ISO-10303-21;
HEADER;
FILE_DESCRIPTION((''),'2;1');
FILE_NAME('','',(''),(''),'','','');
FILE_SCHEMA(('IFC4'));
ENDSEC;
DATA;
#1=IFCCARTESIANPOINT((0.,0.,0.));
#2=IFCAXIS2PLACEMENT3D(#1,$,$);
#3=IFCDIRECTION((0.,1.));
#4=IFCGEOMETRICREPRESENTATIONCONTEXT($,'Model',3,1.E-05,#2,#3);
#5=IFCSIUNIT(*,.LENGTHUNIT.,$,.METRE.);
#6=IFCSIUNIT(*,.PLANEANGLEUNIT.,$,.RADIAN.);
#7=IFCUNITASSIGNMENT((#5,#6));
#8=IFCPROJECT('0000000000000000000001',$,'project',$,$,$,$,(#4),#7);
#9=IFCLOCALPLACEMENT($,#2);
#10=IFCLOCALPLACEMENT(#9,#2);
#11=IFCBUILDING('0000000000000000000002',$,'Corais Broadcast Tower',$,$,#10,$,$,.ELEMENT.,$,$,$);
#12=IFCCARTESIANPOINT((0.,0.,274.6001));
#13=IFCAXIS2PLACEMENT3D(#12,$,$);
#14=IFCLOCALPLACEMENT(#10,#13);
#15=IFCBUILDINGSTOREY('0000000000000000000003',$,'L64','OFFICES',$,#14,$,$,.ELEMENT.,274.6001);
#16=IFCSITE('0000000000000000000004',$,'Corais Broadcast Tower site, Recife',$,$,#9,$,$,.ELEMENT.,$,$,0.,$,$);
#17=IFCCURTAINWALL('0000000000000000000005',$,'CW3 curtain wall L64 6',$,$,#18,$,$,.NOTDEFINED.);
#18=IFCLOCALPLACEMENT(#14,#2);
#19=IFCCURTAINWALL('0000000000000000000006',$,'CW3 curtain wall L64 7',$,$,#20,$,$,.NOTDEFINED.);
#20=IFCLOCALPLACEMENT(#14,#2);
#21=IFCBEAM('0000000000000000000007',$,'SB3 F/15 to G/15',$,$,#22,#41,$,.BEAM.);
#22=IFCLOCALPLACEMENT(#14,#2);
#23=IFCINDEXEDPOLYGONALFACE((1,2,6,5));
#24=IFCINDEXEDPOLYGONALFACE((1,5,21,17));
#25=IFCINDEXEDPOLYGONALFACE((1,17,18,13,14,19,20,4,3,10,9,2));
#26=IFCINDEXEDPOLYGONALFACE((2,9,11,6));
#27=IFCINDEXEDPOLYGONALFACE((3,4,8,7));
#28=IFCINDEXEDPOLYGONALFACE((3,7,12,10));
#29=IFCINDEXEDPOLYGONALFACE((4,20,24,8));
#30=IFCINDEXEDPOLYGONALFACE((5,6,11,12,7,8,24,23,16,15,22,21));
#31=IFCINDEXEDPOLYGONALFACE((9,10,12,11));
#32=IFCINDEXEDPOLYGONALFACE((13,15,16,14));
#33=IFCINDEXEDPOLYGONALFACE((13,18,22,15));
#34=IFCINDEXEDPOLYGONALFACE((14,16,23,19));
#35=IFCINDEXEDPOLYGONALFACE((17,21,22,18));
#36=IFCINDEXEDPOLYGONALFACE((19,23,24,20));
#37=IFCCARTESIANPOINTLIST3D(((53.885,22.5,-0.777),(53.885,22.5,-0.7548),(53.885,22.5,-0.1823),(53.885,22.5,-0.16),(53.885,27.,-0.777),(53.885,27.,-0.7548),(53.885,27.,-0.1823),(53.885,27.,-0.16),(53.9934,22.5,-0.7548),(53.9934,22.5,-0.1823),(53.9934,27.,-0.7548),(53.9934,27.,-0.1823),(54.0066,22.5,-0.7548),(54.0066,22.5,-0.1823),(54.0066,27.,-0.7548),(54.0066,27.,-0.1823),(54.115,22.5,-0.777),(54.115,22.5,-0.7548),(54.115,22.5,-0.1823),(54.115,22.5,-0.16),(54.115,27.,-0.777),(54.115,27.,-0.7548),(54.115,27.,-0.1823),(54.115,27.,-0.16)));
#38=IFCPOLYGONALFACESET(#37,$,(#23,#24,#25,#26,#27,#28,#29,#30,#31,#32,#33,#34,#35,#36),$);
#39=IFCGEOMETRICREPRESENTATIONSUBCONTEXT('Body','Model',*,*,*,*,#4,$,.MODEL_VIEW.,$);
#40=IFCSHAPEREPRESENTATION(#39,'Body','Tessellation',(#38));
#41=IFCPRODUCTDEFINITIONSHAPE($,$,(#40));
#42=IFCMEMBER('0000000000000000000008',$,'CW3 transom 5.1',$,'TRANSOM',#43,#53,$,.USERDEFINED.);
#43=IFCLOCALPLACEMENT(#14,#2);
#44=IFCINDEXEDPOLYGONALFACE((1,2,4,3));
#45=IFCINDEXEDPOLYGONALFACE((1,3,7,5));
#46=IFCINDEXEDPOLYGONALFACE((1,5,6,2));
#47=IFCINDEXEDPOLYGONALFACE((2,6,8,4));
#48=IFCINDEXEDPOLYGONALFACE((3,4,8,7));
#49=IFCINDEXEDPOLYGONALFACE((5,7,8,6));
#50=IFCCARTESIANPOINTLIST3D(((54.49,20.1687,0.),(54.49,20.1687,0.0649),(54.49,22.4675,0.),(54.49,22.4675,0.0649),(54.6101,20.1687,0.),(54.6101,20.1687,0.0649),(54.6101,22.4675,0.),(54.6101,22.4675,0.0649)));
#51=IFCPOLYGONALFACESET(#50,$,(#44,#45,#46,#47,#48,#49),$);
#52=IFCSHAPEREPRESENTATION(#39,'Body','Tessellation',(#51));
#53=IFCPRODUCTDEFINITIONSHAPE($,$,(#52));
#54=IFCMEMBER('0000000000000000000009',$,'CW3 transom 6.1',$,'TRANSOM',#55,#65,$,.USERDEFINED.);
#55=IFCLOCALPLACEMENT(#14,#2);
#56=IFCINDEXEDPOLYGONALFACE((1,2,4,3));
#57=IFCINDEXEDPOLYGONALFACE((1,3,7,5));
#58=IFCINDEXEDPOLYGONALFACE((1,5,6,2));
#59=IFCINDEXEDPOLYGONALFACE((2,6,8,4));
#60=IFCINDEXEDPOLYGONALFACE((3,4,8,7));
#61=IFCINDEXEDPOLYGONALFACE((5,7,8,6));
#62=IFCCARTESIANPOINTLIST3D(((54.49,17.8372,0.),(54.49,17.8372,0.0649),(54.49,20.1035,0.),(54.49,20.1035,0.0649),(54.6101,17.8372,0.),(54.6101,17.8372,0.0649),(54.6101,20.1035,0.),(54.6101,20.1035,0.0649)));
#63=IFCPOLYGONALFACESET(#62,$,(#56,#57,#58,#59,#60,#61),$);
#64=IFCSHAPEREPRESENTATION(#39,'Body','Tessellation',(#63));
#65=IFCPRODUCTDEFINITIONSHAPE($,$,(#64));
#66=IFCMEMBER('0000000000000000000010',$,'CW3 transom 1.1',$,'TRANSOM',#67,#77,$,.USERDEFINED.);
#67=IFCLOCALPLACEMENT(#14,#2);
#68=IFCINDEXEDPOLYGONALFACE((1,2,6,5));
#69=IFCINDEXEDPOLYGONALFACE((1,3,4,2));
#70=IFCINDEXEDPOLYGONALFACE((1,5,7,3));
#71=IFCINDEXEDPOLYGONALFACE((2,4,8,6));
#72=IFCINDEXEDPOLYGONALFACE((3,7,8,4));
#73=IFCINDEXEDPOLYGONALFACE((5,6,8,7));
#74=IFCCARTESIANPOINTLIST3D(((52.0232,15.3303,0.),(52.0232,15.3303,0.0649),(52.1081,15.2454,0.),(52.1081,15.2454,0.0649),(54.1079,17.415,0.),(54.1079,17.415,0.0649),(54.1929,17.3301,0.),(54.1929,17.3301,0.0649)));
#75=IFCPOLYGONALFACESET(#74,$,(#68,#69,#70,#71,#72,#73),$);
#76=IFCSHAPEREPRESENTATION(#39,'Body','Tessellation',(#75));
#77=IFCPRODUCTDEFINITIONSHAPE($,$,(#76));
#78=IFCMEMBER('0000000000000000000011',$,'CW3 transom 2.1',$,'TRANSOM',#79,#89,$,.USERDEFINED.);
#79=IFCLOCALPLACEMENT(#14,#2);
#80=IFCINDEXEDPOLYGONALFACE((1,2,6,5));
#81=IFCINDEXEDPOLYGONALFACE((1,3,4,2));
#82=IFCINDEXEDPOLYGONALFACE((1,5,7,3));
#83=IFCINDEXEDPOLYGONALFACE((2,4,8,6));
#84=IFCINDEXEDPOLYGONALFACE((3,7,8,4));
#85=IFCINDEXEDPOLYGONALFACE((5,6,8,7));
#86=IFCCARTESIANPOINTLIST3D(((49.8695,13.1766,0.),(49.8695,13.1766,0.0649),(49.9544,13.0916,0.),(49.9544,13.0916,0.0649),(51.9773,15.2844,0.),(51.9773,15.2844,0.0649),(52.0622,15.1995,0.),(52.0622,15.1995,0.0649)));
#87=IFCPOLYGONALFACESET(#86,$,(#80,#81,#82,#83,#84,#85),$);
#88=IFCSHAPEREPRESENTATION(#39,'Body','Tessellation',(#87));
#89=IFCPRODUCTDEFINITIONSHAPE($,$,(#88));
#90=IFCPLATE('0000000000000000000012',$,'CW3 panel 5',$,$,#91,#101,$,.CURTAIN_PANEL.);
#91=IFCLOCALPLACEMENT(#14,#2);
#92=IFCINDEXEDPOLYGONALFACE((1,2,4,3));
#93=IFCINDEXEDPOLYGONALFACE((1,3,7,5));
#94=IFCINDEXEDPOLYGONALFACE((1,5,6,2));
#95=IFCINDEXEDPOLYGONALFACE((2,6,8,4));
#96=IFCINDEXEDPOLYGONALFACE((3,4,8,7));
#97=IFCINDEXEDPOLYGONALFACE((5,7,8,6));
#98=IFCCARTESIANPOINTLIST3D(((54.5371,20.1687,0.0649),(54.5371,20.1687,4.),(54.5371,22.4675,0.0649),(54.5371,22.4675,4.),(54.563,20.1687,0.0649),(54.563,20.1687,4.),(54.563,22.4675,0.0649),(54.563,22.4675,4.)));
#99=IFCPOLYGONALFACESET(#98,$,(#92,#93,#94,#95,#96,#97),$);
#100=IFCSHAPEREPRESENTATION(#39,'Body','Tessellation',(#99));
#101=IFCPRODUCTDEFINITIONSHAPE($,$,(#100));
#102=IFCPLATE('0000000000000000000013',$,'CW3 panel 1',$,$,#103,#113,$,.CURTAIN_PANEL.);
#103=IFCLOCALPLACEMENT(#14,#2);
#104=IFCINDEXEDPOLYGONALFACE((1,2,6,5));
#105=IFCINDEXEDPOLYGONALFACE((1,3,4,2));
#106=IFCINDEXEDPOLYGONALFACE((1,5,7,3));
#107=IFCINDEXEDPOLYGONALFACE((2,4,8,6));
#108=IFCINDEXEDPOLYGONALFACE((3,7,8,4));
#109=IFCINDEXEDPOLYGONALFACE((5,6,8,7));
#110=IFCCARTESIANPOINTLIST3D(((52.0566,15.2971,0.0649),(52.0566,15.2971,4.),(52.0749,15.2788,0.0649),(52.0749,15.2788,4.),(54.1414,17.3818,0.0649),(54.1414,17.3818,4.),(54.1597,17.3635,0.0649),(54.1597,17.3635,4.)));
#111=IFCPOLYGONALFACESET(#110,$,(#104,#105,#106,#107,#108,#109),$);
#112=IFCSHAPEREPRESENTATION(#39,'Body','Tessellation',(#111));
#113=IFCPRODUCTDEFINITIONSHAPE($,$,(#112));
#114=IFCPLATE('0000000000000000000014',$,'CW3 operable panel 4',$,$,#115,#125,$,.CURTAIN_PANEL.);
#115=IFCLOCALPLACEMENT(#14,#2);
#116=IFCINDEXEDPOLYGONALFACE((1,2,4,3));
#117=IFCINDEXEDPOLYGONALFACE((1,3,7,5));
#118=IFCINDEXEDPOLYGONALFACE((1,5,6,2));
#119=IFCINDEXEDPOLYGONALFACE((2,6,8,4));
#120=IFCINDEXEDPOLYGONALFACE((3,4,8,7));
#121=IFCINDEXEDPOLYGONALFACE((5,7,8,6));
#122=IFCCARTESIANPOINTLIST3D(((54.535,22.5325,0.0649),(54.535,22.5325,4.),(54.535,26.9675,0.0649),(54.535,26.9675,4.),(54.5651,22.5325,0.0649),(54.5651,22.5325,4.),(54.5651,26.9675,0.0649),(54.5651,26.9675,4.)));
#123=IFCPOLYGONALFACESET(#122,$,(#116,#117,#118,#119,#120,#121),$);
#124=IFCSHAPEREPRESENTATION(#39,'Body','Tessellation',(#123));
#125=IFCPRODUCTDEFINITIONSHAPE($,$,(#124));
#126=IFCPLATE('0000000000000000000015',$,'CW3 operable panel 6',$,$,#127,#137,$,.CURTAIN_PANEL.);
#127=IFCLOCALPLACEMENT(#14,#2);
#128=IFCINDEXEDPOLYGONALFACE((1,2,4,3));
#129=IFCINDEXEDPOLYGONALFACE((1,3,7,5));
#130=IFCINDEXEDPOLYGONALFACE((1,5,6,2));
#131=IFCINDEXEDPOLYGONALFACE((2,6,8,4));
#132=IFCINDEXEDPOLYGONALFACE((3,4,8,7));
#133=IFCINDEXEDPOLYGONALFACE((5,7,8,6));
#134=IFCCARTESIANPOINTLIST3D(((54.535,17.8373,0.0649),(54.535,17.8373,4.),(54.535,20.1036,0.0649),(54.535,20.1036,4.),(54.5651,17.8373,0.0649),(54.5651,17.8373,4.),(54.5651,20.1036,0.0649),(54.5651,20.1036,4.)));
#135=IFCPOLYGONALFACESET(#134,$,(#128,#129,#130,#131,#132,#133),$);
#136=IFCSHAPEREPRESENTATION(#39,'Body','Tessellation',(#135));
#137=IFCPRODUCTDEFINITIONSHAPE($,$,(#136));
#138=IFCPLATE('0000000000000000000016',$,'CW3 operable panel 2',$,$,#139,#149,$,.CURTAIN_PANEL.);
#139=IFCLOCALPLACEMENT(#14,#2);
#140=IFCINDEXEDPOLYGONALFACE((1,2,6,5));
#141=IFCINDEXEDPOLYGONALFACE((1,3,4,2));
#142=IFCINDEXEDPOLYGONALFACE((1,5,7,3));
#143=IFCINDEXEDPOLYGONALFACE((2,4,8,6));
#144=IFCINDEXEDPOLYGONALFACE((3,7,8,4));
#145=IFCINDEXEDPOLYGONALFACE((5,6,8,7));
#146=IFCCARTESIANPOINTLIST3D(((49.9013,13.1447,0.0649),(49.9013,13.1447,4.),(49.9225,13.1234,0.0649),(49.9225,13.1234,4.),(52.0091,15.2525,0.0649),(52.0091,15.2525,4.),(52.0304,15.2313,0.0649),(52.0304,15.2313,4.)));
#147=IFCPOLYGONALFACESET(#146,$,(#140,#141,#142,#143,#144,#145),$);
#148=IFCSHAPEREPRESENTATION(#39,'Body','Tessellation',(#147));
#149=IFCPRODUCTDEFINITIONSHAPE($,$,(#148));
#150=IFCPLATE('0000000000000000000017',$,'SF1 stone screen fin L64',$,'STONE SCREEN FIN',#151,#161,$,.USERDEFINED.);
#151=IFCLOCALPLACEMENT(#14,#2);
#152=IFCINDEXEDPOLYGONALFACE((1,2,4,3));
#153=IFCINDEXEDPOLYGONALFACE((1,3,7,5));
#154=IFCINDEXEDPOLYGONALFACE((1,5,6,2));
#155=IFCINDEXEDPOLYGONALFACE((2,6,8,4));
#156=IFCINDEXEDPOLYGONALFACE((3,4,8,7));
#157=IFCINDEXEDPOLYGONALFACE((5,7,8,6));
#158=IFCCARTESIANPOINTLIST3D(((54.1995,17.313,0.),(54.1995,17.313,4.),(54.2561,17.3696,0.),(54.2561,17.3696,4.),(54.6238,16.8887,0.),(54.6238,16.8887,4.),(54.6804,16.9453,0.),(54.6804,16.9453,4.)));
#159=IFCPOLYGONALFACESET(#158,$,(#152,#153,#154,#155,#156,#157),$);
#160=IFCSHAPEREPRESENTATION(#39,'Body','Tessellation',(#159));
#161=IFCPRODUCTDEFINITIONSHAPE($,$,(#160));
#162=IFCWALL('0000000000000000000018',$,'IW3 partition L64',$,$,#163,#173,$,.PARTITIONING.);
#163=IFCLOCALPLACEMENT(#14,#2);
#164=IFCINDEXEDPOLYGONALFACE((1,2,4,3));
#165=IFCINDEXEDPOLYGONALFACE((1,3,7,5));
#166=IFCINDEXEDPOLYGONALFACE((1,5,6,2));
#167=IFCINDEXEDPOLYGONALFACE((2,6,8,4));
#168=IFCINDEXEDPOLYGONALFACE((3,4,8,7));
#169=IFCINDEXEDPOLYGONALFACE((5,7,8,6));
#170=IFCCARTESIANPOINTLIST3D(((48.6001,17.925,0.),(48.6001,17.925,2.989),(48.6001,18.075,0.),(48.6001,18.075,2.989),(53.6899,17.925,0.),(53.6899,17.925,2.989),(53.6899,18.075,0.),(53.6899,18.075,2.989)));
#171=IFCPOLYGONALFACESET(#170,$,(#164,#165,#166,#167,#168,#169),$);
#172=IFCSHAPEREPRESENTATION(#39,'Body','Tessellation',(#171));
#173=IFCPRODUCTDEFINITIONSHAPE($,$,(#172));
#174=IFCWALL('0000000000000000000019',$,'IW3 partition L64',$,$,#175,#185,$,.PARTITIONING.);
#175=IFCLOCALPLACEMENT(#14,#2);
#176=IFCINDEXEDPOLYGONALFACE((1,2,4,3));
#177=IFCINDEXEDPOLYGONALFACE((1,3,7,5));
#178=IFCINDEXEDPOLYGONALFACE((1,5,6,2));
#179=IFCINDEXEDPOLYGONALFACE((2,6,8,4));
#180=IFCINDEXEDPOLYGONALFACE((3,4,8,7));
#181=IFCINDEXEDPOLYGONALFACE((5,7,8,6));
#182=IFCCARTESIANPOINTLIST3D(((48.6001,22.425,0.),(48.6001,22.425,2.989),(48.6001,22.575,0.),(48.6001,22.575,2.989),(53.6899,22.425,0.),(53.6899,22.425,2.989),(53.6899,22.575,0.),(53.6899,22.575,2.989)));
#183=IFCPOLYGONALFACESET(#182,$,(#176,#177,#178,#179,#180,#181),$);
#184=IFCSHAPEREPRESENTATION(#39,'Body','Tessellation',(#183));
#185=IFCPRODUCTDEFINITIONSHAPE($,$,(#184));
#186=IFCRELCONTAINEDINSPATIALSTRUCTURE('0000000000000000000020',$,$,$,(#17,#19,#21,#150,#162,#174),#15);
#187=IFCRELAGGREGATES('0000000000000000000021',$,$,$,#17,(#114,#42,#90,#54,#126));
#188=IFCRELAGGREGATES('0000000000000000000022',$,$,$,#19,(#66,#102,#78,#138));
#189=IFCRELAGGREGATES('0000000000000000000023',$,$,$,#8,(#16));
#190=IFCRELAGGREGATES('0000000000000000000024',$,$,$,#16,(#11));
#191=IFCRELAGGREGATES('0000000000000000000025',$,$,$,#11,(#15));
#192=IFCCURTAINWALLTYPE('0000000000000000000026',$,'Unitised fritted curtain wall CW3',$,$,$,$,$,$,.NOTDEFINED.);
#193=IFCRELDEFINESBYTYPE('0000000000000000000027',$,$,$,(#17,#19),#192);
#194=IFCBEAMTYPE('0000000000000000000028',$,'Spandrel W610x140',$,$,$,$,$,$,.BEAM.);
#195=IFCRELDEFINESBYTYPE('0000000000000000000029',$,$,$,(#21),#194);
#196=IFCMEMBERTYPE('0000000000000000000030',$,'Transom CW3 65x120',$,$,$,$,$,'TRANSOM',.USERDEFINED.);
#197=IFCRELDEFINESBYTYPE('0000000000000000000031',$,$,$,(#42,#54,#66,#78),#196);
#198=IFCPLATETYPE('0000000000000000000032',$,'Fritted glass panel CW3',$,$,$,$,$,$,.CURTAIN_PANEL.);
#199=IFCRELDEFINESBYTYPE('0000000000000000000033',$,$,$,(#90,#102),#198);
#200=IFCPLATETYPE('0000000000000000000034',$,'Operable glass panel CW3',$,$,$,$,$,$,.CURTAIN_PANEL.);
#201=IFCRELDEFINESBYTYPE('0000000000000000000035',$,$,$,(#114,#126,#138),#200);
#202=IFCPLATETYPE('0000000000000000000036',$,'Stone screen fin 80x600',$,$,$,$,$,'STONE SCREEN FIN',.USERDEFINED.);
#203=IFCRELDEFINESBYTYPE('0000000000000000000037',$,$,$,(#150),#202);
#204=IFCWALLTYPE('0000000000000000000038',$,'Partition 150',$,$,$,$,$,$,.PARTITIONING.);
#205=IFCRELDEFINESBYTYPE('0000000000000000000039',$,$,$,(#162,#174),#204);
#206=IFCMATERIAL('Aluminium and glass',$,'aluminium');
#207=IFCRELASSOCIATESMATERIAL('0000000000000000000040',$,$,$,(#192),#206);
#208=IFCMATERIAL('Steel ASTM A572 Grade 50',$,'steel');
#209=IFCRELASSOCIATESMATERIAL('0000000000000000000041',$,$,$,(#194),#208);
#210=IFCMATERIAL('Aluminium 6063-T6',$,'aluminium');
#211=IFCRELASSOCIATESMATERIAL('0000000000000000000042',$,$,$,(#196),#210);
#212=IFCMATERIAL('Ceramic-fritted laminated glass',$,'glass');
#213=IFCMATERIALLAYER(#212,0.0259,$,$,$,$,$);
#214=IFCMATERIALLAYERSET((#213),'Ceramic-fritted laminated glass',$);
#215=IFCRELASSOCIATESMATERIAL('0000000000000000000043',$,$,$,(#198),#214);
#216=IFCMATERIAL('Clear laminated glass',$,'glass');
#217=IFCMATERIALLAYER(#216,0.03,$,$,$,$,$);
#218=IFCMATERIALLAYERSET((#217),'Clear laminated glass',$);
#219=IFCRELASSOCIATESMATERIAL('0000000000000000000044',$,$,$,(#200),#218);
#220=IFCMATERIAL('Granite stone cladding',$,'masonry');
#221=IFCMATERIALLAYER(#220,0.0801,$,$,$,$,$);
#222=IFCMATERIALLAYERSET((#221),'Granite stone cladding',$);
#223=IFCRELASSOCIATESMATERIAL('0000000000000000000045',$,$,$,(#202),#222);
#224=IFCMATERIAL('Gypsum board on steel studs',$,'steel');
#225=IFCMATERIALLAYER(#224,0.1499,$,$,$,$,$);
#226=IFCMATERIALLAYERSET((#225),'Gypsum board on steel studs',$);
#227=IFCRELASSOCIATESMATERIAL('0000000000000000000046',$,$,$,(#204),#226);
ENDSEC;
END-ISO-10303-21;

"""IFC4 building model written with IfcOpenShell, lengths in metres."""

from ifc_helpers import new_model, si_unit, direction, frame, frame_2d, origin, origin_2d, place, context, subcontext, project, spatial, rectangle, i_section, extrude, material, layer, layer_set, material_profile, profile_set, type_object, element, aggregate, save


model = new_model("IFC4")

# Units and contexts
model_context = context("Model", 3, precision=1e-05, world=origin(), true_north=direction((0.0, 1.0)))
body_context = subcontext(model_context, "Body", "Model", "MODEL_VIEW")
ifc_project = project(units=[si_unit("LENGTHUNIT", "METRE"), si_unit("PLANEANGLEUNIT", "RADIAN")], contexts=[model_context])

# Site, building, storey
site_placement = place(None, origin())
site = spatial("IfcSite", under=ifc_project, at=site_placement, Name="Corais Broadcast Tower site, Recife", CompositionType="ELEMENT", RefElevation=0.0)
building_placement = place(site_placement, origin())
building = spatial("IfcBuilding", under=site, at=building_placement, Name="Corais Broadcast Tower", CompositionType="ELEMENT")
storey_placement = place(building_placement, frame((0.0, 0.0, 274.6001)))
storey = spatial("IfcBuildingStorey", under=building, at=storey_placement, Name="L64", Description="OFFICES", CompositionType="ELEMENT", Elevation=274.6001)

# Curtain walls
ifc_material_1 = material(Name="Aluminium and glass", Category="aluminium")
curtain_wall_type = type_object("IfcCurtainWallType", Name="Unitised fritted curtain wall CW3", PredefinedType="NOTDEFINED", material=ifc_material_1)
curtain_wall_1_placement = place(storey_placement, origin())
curtain_wall_1 = element("IfcCurtainWall", 1, at=curtain_wall_1_placement, inside=storey, type_object=curtain_wall_type, Name="CW3 curtain wall L64 6", PredefinedType="NOTDEFINED")
curtain_wall_2_placement = place(storey_placement, origin())
curtain_wall_2 = element("IfcCurtainWall", 2, at=curtain_wall_2_placement, inside=storey, type_object=curtain_wall_type, Name="CW3 curtain wall L64 7", PredefinedType="NOTDEFINED")

# Beam
ifc_material_2 = material(Name="Steel ASTM A572 Grade 50", Category="steel")
ifc_material_profile_1 = material_profile(ifc_material_2, i_section(OverallWidth=0.23, OverallDepth=0.6169, WebThickness=0.0132, FlangeThickness=0.0222, at=origin_2d()), Name="W610x140")
ifc_profile_set_1 = profile_set([ifc_material_profile_1], Name="Steel ASTM A572 Grade 50")
beam_type_1 = type_object("IfcBeamType", Name="Spandrel W610x140", PredefinedType="BEAM", material=ifc_profile_set_1)
for number, where, z_axis, x_axis, name in (
    (3, (54.0, 22.5, -0.4685), (0.0, 1.0, 0.0), (-1.0, 0.0, 0.0), "SB3 F/15 to G/15"),
):
    element("IfcBeam", number, at=place(storey_placement, frame(where, z_axis=z_axis, x_axis=x_axis)), inside=storey, type_object=beam_type_1, Name=name, PredefinedType="BEAM", context=body_context, shape_type="SweptSolid", body=[
        extrude(i_section(OverallWidth=0.23, OverallDepth=0.6169, WebThickness=0.0132, FlangeThickness=0.0222, at=origin_2d()), origin(), (0.0, 0.0, 1.0), 4.5),
    ])

# Members
ifc_material_3 = material(Name="Aluminium 6063-T6", Category="aluminium")
ifc_material_profile_2 = material_profile(ifc_material_3, rectangle(XDim=0.1201, YDim=0.0649, at=origin_2d()), Name="Transom CW3 65x120")
ifc_profile_set_2 = profile_set([ifc_material_profile_2], Name="Aluminium 6063-T6")
member_type_1 = type_object("IfcMemberType", Name="Transom CW3 65x120", ElementType="TRANSOM", PredefinedType="USERDEFINED", material=ifc_profile_set_2)
member_1_placement = place(storey_placement, frame((54.55, 22.4675, 0.0325), z_axis=(0.0, -1.0, 0.0), x_axis=(1.0, 0.0, 0.0)))
member_1 = element("IfcMember", 4, at=member_1_placement, type_object=member_type_1, Name="CW3 transom 5.1", ObjectType="TRANSOM", PredefinedType="USERDEFINED", context=body_context, shape_type="SweptSolid", body=[
    extrude(rectangle(XDim=0.1201, YDim=0.0649, at=origin_2d()), origin(), (0.0, 0.0, 1.0), 2.2988),
])
member_2_placement = place(storey_placement, frame((54.55, 20.1035, 0.0325), z_axis=(0.0, -1.0, 0.0), x_axis=(1.0, 0.0, 0.0)))
member_2 = element("IfcMember", 5, at=member_2_placement, type_object=member_type_1, Name="CW3 transom 6.1", ObjectType="TRANSOM", PredefinedType="USERDEFINED", context=body_context, shape_type="SweptSolid", body=[
    extrude(rectangle(XDim=0.1201, YDim=0.0649, at=origin_2d()), origin(), (0.0, 0.0, 1.0), 2.2664),
])
member_3_placement = place(storey_placement, frame((54.1504, 17.3726, 0.0325), z_axis=(-0.707107, -0.707107, 0.0), x_axis=(0.707107, -0.707107, 0.0)))
member_3 = element("IfcMember", 6, at=member_3_placement, type_object=member_type_1, Name="CW3 transom 1.1", ObjectType="TRANSOM", PredefinedType="USERDEFINED", context=body_context, shape_type="SweptSolid", body=[
    extrude(rectangle(XDim=0.1201, YDim=0.0649, at=origin_2d()), origin(), (0.0, 0.0, 1.0), 2.9482),
])
member_4_placement = place(storey_placement, frame((52.0198, 15.2419, 0.0325), z_axis=(-0.707107, -0.707107, 0.0), x_axis=(0.707107, -0.707107, 0.0)))
member_4 = element("IfcMember", 7, at=member_4_placement, type_object=member_type_1, Name="CW3 transom 2.1", ObjectType="TRANSOM", PredefinedType="USERDEFINED", context=body_context, shape_type="SweptSolid", body=[
    extrude(rectangle(XDim=0.1201, YDim=0.0649, at=origin_2d()), origin(), (0.0, 0.0, 1.0), 2.981),
])

# Plates
ifc_material_4 = material(Name="Ceramic-fritted laminated glass", Category="glass")
ifc_layer_1 = layer(ifc_material_4, 0.0259)
ifc_layer_set_1 = layer_set([ifc_layer_1], Name="Ceramic-fritted laminated glass")
plate_type_1 = type_object("IfcPlateType", Name="Fritted glass panel CW3", PredefinedType="CURTAIN_PANEL", material=ifc_layer_set_1)
plate_1_placement = place(storey_placement, frame((54.55, 21.3181, 0.0649), z_axis=(0.0, 0.0, 1.0), x_axis=(0.0, -1.0, 0.0)))
plate_1 = element("IfcPlate", 8, at=plate_1_placement, type_object=plate_type_1, Name="CW3 panel 5", PredefinedType="CURTAIN_PANEL", context=body_context, shape_type="SweptSolid", body=[
    extrude(rectangle(XDim=2.2988, YDim=0.0259, at=origin_2d()), origin(), (0.0, 0.0, 1.0), 3.9351),
])
plate_2_placement = place(storey_placement, frame((53.1082, 16.3303, 0.0649), z_axis=(0.0, 0.0, 1.0), x_axis=(-0.707107, -0.707107, 0.0)))
plate_2 = element("IfcPlate", 9, at=plate_2_placement, type_object=plate_type_1, Name="CW3 panel 1", PredefinedType="CURTAIN_PANEL", context=body_context, shape_type="SweptSolid", body=[
    extrude(rectangle(XDim=2.9482, YDim=0.0259, at=origin_2d()), origin(), (0.0, 0.0, 1.0), 3.9351),
])
ifc_material_5 = material(Name="Clear laminated glass", Category="glass")
ifc_layer_2 = layer(ifc_material_5, 0.03)
ifc_layer_set_2 = layer_set([ifc_layer_2], Name="Clear laminated glass")
plate_type_2 = type_object("IfcPlateType", Name="Operable glass panel CW3", PredefinedType="CURTAIN_PANEL", material=ifc_layer_set_2)
plate_3_placement = place(storey_placement, frame((54.55, 24.75, 0.0649), z_axis=(0.0, 0.0, 1.0), x_axis=(0.0, -1.0, 0.0)))
plate_3 = element("IfcPlate", 10, at=plate_3_placement, type_object=plate_type_2, Name="CW3 operable panel 4", PredefinedType="CURTAIN_PANEL", context=body_context, shape_type="SweptSolid", body=[
    extrude(rectangle(XDim=4.4351, YDim=0.03, at=origin_2d()), origin(), (0.0, 0.0, 1.0), 3.9351),
])
plate_4_placement = place(storey_placement, frame((54.55, 18.9705, 0.0649), z_axis=(0.0, 0.0, 1.0), x_axis=(0.0, -1.0, 0.0)))
plate_4 = element("IfcPlate", 11, at=plate_4_placement, type_object=plate_type_2, Name="CW3 operable panel 6", PredefinedType="CURTAIN_PANEL", context=body_context, shape_type="SweptSolid", body=[
    extrude(rectangle(XDim=2.2664, YDim=0.03, at=origin_2d()), origin(), (0.0, 0.0, 1.0), 3.9351),
])
aggregate(curtain_wall_1, [plate_3, member_1, plate_1, member_2, plate_4])
plate_5_placement = place(storey_placement, frame((50.9658, 14.188, 0.0649), z_axis=(0.0, 0.0, 1.0), x_axis=(-0.707107, -0.707107, 0.0)))
plate_5 = element("IfcPlate", 12, at=plate_5_placement, type_object=plate_type_2, Name="CW3 operable panel 2", PredefinedType="CURTAIN_PANEL", context=body_context, shape_type="SweptSolid", body=[
    extrude(rectangle(XDim=2.981, YDim=0.03, at=origin_2d()), origin(), (0.0, 0.0, 1.0), 3.9351),
])
aggregate(curtain_wall_2, [member_3, plate_2, member_4, plate_5])
ifc_material_6 = material(Name="Granite stone cladding", Category="masonry")
ifc_layer_3 = layer(ifc_material_6, 0.0801)
ifc_layer_set_3 = layer_set([ifc_layer_3], Name="Granite stone cladding")
plate_type_3 = type_object("IfcPlateType", Name="Stone screen fin 80x600", ElementType="STONE SCREEN FIN", PredefinedType="USERDEFINED", material=ifc_layer_set_3)
plate_6_placement = place(storey_placement, frame((54.4399, 17.1292, 0.0), z_axis=(0.0, 0.0, 1.0), x_axis=(-0.707107, -0.707107, 0.0)))
element("IfcPlate", 13, at=plate_6_placement, inside=storey, type_object=plate_type_3, Name="SF1 stone screen fin L64", ObjectType="STONE SCREEN FIN", PredefinedType="USERDEFINED", context=body_context, shape_type="SweptSolid", body=[
    extrude(rectangle(XDim=0.0801, YDim=0.6001, at=origin_2d()), origin(), (0.0, 0.0, 1.0), 4.0),
])

# Walls
ifc_material_7 = material(Name="Gypsum board on steel studs", Category="steel")
ifc_layer_4 = layer(ifc_material_7, 0.1499)
ifc_layer_set_4 = layer_set([ifc_layer_4], Name="Gypsum board on steel studs")
wall_type = type_object("IfcWallType", Name="Partition 150", PredefinedType="PARTITIONING", material=ifc_layer_set_4)
for number, where, z_axis, x_axis, name in (
    (14, (48.6001, 18.0, 0.0), (0.0, 0.0, 1.0), (1.0, 0.0, 0.0), "IW3 partition L64"),
    (15, (53.6899, 22.5, 0.0), (0.0, 0.0, 1.0), (-1.0, 0.0, 0.0), "IW3 partition L64"),
):
    element("IfcWall", number, at=place(storey_placement, frame(where, z_axis=z_axis, x_axis=x_axis)), inside=storey, type_object=wall_type, Name=name, PredefinedType="PARTITIONING", context=body_context, shape_type="SweptSolid", body=[
        extrude(rectangle(XDim=5.0898, YDim=0.1499, at=frame_2d((2.5449, 0.0))), origin(), (0.0, 0.0, 1.0), 2.989),
    ])

save(model, "model.ifc")
